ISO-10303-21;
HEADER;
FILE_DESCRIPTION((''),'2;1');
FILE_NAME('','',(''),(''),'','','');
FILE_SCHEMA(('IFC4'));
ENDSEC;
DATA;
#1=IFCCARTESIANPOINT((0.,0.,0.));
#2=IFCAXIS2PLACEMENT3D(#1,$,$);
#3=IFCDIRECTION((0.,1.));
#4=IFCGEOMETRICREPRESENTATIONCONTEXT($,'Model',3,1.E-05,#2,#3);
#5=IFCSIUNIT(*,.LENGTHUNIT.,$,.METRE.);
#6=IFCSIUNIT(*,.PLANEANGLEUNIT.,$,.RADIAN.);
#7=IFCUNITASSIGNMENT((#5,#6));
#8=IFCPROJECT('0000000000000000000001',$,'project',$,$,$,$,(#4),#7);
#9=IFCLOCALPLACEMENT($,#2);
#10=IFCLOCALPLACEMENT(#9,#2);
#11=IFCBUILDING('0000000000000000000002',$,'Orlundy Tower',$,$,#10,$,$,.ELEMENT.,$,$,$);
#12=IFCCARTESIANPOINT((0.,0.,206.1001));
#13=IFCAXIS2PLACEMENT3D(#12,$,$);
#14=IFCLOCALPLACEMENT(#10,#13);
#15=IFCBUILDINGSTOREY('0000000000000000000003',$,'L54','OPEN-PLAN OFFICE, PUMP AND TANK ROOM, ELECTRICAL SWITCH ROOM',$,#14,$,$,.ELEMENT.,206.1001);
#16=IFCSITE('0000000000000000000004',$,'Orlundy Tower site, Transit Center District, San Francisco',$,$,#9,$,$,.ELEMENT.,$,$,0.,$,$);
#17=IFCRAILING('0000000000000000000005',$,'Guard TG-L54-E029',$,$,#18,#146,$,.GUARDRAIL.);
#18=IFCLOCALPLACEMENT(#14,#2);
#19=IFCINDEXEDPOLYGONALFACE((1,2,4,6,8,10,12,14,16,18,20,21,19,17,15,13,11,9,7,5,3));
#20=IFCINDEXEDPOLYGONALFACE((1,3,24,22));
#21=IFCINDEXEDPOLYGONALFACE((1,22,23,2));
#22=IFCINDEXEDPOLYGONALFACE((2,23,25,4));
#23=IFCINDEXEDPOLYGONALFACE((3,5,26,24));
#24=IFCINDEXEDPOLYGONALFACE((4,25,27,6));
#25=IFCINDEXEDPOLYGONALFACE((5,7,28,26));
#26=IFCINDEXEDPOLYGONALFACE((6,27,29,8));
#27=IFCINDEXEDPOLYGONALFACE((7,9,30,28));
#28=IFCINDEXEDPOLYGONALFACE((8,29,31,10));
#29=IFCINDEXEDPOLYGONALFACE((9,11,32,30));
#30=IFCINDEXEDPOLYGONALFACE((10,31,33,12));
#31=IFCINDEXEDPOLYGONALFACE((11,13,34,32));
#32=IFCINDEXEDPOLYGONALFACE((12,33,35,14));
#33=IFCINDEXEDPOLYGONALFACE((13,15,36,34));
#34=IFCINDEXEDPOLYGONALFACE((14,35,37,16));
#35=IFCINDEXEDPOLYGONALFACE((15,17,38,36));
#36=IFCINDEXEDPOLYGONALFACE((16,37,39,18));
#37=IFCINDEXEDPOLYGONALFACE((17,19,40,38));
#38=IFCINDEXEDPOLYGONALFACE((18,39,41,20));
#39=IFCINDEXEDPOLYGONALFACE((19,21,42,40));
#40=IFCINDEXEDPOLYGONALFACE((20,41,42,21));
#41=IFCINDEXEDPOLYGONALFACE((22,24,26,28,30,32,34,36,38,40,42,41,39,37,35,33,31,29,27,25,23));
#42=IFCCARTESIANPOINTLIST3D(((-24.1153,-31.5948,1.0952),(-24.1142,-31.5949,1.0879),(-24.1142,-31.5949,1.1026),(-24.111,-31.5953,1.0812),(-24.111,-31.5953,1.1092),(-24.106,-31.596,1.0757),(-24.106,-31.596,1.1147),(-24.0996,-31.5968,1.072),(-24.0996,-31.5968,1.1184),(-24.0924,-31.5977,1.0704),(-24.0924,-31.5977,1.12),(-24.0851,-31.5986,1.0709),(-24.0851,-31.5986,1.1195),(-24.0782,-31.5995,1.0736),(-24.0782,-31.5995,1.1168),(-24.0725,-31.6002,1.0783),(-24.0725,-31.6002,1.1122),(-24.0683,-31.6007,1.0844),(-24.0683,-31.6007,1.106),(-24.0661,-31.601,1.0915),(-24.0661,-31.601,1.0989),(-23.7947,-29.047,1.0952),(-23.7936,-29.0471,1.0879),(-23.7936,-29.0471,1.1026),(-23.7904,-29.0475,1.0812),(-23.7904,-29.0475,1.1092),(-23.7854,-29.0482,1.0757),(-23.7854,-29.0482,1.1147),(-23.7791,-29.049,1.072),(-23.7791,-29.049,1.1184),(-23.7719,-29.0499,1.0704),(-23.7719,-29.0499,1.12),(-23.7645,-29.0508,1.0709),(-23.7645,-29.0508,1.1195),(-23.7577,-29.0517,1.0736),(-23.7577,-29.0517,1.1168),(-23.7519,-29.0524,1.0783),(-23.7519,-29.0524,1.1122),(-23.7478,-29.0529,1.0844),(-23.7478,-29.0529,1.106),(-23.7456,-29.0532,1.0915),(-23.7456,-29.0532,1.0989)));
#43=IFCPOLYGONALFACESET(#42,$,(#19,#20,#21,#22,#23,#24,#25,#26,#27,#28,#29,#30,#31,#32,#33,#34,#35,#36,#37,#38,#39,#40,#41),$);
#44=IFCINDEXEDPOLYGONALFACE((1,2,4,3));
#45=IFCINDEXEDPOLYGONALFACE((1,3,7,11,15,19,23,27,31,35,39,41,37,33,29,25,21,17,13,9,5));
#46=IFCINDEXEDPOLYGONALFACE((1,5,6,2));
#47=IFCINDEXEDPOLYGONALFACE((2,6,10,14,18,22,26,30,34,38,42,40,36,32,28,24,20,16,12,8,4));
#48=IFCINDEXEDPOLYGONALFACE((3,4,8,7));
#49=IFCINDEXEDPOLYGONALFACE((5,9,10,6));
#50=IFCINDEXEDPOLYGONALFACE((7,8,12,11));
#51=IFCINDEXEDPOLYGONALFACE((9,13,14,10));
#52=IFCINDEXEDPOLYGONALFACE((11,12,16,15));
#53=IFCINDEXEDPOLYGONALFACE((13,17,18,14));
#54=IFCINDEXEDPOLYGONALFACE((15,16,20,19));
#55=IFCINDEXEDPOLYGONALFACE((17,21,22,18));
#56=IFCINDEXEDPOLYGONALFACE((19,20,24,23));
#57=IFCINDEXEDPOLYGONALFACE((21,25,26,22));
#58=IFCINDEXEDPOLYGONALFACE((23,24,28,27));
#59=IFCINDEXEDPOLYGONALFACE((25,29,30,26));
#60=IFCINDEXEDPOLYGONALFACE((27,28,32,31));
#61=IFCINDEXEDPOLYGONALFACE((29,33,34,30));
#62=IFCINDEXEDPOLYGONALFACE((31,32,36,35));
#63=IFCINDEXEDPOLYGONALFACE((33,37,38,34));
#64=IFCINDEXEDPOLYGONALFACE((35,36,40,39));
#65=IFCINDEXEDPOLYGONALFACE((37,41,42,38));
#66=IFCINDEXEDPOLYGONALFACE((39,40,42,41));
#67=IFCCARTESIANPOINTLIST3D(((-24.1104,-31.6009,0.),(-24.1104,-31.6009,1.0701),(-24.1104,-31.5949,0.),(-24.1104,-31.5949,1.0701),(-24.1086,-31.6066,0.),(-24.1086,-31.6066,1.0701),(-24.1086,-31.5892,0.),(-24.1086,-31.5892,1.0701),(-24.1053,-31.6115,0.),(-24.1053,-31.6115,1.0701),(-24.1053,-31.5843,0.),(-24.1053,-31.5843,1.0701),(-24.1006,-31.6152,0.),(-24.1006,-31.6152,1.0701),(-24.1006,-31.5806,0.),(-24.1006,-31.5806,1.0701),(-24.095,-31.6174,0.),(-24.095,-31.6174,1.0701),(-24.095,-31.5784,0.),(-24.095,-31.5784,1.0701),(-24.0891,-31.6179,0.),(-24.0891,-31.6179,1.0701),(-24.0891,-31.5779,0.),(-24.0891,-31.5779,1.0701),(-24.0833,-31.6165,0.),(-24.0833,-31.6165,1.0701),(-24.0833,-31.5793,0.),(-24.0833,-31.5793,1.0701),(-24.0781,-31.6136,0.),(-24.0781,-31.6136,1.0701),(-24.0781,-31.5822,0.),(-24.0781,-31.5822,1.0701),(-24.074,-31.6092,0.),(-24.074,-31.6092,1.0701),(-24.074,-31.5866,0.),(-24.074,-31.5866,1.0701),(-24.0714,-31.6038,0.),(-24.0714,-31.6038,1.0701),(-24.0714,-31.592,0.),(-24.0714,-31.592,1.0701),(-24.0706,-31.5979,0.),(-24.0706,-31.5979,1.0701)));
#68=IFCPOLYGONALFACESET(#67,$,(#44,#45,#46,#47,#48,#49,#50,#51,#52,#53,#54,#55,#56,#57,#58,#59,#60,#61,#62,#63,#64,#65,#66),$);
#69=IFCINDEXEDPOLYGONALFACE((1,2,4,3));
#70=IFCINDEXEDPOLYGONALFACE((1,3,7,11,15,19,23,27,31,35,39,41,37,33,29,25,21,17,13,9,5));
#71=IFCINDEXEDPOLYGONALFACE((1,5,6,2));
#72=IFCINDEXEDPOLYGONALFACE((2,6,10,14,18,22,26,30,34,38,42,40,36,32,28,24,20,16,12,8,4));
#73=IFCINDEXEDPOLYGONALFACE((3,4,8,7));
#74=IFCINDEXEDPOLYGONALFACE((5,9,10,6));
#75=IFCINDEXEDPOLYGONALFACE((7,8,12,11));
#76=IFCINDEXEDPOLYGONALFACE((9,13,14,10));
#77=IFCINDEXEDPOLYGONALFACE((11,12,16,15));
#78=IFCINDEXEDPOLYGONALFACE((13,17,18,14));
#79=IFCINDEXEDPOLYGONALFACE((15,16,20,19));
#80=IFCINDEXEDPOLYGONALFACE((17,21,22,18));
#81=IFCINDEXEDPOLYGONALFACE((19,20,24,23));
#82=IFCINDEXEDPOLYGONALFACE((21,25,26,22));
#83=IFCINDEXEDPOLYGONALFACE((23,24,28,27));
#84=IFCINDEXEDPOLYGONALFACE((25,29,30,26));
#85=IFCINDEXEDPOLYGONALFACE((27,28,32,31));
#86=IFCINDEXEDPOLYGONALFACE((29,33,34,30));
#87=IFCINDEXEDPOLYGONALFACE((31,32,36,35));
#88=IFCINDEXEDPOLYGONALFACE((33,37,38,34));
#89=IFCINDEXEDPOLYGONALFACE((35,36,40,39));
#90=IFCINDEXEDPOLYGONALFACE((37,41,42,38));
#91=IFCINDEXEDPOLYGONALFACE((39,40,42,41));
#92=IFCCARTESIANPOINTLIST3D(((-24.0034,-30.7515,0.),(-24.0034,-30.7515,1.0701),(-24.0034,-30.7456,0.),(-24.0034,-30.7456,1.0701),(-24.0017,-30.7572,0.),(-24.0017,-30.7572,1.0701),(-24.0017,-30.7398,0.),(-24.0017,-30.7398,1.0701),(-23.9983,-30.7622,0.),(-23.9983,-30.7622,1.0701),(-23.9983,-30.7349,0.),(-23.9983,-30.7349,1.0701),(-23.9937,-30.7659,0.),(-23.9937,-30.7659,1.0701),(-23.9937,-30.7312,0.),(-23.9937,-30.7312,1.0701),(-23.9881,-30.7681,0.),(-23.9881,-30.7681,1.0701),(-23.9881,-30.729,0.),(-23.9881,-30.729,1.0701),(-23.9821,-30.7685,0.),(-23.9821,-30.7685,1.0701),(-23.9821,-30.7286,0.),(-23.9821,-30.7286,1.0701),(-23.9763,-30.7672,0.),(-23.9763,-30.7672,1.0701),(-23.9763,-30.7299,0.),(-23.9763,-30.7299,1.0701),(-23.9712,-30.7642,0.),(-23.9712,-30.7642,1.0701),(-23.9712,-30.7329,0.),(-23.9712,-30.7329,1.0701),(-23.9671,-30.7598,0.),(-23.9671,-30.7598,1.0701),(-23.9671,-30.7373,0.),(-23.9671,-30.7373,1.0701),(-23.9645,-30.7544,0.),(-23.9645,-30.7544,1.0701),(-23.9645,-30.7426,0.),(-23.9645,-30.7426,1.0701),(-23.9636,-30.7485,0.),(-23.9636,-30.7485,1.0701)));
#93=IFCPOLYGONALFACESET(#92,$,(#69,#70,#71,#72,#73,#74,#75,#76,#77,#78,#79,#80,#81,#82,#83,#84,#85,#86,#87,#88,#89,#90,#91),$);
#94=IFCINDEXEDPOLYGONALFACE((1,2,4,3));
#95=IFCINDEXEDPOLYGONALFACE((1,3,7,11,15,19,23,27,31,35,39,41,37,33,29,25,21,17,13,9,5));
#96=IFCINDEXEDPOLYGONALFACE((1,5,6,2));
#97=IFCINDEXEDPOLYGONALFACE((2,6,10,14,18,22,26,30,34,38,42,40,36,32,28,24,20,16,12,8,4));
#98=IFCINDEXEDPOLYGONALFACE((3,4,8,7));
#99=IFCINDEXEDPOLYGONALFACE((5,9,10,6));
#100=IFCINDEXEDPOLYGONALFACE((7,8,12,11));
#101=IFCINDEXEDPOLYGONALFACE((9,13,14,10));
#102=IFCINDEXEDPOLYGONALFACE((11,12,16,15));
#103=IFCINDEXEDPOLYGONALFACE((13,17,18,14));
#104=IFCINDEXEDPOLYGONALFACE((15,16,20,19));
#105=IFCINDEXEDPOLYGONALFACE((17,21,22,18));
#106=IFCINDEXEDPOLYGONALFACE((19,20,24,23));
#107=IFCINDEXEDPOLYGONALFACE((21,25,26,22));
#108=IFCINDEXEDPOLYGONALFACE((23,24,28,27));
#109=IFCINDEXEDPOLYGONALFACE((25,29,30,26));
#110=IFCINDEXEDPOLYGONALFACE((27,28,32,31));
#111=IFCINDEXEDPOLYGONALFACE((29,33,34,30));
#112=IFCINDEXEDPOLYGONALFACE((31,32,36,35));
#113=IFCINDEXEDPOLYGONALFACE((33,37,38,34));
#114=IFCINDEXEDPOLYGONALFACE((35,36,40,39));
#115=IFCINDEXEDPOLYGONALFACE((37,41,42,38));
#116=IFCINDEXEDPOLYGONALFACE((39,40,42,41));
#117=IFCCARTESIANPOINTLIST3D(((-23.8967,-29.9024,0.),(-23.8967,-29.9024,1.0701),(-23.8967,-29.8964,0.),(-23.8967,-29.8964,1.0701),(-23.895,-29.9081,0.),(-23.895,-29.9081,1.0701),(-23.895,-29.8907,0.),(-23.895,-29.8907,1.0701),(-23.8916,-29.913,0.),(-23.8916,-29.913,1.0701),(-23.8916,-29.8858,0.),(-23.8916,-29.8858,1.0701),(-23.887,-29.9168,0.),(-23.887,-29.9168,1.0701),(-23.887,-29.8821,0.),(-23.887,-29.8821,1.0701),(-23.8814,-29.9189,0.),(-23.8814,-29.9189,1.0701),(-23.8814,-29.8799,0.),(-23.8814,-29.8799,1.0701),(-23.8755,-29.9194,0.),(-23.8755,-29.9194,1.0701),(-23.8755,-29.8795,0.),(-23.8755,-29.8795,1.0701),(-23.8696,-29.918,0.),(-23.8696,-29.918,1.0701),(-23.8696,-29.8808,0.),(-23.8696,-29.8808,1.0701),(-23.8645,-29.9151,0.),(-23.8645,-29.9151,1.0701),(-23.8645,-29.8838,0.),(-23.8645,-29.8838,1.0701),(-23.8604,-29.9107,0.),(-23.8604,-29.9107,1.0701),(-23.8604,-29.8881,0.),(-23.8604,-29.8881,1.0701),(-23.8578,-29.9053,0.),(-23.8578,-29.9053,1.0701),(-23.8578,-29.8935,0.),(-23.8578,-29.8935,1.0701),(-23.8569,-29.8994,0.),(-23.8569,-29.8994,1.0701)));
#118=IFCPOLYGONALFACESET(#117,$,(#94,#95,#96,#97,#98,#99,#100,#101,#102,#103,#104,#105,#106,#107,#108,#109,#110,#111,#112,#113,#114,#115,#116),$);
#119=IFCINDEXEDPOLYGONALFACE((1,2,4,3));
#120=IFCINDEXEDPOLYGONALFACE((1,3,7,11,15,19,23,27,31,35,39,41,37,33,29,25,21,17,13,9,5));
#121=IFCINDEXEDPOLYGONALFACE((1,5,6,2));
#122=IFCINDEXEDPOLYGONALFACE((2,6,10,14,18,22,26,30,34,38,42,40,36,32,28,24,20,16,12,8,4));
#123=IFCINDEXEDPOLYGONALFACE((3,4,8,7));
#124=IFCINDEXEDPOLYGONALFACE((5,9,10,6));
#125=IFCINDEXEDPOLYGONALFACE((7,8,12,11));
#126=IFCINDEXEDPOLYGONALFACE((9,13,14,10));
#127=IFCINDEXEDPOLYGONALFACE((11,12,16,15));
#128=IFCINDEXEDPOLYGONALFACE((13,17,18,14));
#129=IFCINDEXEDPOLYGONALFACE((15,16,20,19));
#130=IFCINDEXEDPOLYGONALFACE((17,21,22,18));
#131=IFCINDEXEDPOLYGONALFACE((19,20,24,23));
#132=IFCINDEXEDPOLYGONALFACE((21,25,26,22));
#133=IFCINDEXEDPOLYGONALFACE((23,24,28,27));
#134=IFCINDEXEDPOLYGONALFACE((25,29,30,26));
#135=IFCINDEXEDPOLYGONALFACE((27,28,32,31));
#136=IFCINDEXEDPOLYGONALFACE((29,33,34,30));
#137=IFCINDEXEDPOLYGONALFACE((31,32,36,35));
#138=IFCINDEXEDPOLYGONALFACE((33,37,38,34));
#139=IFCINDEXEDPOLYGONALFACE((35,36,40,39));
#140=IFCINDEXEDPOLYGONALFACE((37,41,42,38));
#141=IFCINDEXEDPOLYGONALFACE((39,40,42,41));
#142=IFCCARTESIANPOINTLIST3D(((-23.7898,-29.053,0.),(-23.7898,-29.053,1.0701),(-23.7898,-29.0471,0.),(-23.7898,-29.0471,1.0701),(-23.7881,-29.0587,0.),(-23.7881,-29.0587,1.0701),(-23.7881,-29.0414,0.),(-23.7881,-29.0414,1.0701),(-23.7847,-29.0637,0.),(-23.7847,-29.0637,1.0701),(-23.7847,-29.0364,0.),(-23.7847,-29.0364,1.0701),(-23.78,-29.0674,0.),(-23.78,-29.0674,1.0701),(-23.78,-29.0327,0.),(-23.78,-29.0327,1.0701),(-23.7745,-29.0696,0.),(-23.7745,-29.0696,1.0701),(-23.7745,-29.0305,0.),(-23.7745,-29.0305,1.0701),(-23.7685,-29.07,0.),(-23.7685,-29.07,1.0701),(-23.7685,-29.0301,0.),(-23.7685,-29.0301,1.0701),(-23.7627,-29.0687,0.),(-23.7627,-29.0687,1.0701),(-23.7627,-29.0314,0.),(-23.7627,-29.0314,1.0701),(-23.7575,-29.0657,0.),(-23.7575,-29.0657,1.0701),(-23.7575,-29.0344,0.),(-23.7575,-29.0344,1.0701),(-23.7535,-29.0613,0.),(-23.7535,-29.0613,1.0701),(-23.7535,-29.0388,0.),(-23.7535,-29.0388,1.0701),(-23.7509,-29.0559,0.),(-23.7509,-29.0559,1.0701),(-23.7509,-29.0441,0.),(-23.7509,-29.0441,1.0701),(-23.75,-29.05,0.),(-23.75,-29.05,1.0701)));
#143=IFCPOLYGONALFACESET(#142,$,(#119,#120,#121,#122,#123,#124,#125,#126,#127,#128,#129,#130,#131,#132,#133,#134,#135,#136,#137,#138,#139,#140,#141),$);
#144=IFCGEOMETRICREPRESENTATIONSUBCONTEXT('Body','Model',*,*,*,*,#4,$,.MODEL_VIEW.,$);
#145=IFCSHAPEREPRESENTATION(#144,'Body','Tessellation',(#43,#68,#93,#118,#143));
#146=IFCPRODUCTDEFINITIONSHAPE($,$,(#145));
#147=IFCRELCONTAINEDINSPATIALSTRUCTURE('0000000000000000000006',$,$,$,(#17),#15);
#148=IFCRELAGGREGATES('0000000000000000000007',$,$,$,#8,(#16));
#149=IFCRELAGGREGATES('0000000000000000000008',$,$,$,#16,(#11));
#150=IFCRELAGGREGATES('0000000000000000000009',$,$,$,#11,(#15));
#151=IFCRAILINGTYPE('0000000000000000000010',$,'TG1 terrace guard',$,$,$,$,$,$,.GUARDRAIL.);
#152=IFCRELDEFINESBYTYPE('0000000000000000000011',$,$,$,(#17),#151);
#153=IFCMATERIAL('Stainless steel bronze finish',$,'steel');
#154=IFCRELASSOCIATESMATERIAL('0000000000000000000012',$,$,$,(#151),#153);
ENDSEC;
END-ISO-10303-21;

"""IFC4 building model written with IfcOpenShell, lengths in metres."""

from ifc_helpers import new_model, si_unit, direction, frame, origin, origin_2d, place, context, subcontext, project, spatial, circle, extrude, material, type_object, element, save


model = new_model("IFC4")

# Units and contexts
model_context = context("Model", 3, precision=1e-05, world=origin(), true_north=direction((0.0, 1.0)))
body_context = subcontext(model_context, "Body", "Model", "MODEL_VIEW")
ifc_project = project(units=[si_unit("LENGTHUNIT", "METRE"), si_unit("PLANEANGLEUNIT", "RADIAN")], contexts=[model_context])

# Site, building, storey
site_placement = place(None, origin())
site = spatial("IfcSite", under=ifc_project, at=site_placement, Name="Orlundy Tower site, Transit Center District, San Francisco", CompositionType="ELEMENT", RefElevation=0.0)
building_placement = place(site_placement, origin())
building = spatial("IfcBuilding", under=site, at=building_placement, Name="Orlundy Tower", CompositionType="ELEMENT")
storey_placement = place(building_placement, frame((0.0, 0.0, 206.1001)))
storey = spatial("IfcBuildingStorey", under=building, at=storey_placement, Name="L54", Description="OPEN-PLAN OFFICE, PUMP AND TANK ROOM, ELECTRICAL SWITCH ROOM", CompositionType="ELEMENT", Elevation=206.1001)

# Railing
ifc_material_1 = material(Name="Stainless steel bronze finish", Category="steel")
railing_type = type_object("IfcRailingType", Name="TG1 terrace guard", PredefinedType="GUARDRAIL", material=ifc_material_1)
railing_1_placement = place(storey_placement, frame((-24.0906, -31.5979, 0.0)))
element("IfcRailing", 1, at=railing_1_placement, inside=storey, type_object=railing_type, Name="Guard TG-L54-E029", PredefinedType="GUARDRAIL", context=body_context, shape_type="SweptSolid", body=[
    extrude(circle(Radius=0.0249, at=origin_2d()), frame((0.0, 0.0, 1.0952), z_axis=(0.12483, 0.992178, 0.0), x_axis=(-0.992178, 0.12483, 0.0)), (0.0, 0.0, 1.0), 2.5679),
    extrude(circle(Radius=0.02, at=origin_2d()), origin(), (0.0, 0.0, 1.0), 1.0701),
    extrude(circle(Radius=0.02, at=origin_2d()), frame((0.1069, 0.8494, 0.0)), (0.0, 0.0, 1.0), 1.0701),
    extrude(circle(Radius=0.02, at=origin_2d()), frame((0.2136, 1.6985, 0.0)), (0.0, 0.0, 1.0), 1.0701),
    extrude(circle(Radius=0.02, at=origin_2d()), frame((0.3206, 2.5479, 0.0)), (0.0, 0.0, 1.0), 1.0701),
])

save(model, "model.ifc")
